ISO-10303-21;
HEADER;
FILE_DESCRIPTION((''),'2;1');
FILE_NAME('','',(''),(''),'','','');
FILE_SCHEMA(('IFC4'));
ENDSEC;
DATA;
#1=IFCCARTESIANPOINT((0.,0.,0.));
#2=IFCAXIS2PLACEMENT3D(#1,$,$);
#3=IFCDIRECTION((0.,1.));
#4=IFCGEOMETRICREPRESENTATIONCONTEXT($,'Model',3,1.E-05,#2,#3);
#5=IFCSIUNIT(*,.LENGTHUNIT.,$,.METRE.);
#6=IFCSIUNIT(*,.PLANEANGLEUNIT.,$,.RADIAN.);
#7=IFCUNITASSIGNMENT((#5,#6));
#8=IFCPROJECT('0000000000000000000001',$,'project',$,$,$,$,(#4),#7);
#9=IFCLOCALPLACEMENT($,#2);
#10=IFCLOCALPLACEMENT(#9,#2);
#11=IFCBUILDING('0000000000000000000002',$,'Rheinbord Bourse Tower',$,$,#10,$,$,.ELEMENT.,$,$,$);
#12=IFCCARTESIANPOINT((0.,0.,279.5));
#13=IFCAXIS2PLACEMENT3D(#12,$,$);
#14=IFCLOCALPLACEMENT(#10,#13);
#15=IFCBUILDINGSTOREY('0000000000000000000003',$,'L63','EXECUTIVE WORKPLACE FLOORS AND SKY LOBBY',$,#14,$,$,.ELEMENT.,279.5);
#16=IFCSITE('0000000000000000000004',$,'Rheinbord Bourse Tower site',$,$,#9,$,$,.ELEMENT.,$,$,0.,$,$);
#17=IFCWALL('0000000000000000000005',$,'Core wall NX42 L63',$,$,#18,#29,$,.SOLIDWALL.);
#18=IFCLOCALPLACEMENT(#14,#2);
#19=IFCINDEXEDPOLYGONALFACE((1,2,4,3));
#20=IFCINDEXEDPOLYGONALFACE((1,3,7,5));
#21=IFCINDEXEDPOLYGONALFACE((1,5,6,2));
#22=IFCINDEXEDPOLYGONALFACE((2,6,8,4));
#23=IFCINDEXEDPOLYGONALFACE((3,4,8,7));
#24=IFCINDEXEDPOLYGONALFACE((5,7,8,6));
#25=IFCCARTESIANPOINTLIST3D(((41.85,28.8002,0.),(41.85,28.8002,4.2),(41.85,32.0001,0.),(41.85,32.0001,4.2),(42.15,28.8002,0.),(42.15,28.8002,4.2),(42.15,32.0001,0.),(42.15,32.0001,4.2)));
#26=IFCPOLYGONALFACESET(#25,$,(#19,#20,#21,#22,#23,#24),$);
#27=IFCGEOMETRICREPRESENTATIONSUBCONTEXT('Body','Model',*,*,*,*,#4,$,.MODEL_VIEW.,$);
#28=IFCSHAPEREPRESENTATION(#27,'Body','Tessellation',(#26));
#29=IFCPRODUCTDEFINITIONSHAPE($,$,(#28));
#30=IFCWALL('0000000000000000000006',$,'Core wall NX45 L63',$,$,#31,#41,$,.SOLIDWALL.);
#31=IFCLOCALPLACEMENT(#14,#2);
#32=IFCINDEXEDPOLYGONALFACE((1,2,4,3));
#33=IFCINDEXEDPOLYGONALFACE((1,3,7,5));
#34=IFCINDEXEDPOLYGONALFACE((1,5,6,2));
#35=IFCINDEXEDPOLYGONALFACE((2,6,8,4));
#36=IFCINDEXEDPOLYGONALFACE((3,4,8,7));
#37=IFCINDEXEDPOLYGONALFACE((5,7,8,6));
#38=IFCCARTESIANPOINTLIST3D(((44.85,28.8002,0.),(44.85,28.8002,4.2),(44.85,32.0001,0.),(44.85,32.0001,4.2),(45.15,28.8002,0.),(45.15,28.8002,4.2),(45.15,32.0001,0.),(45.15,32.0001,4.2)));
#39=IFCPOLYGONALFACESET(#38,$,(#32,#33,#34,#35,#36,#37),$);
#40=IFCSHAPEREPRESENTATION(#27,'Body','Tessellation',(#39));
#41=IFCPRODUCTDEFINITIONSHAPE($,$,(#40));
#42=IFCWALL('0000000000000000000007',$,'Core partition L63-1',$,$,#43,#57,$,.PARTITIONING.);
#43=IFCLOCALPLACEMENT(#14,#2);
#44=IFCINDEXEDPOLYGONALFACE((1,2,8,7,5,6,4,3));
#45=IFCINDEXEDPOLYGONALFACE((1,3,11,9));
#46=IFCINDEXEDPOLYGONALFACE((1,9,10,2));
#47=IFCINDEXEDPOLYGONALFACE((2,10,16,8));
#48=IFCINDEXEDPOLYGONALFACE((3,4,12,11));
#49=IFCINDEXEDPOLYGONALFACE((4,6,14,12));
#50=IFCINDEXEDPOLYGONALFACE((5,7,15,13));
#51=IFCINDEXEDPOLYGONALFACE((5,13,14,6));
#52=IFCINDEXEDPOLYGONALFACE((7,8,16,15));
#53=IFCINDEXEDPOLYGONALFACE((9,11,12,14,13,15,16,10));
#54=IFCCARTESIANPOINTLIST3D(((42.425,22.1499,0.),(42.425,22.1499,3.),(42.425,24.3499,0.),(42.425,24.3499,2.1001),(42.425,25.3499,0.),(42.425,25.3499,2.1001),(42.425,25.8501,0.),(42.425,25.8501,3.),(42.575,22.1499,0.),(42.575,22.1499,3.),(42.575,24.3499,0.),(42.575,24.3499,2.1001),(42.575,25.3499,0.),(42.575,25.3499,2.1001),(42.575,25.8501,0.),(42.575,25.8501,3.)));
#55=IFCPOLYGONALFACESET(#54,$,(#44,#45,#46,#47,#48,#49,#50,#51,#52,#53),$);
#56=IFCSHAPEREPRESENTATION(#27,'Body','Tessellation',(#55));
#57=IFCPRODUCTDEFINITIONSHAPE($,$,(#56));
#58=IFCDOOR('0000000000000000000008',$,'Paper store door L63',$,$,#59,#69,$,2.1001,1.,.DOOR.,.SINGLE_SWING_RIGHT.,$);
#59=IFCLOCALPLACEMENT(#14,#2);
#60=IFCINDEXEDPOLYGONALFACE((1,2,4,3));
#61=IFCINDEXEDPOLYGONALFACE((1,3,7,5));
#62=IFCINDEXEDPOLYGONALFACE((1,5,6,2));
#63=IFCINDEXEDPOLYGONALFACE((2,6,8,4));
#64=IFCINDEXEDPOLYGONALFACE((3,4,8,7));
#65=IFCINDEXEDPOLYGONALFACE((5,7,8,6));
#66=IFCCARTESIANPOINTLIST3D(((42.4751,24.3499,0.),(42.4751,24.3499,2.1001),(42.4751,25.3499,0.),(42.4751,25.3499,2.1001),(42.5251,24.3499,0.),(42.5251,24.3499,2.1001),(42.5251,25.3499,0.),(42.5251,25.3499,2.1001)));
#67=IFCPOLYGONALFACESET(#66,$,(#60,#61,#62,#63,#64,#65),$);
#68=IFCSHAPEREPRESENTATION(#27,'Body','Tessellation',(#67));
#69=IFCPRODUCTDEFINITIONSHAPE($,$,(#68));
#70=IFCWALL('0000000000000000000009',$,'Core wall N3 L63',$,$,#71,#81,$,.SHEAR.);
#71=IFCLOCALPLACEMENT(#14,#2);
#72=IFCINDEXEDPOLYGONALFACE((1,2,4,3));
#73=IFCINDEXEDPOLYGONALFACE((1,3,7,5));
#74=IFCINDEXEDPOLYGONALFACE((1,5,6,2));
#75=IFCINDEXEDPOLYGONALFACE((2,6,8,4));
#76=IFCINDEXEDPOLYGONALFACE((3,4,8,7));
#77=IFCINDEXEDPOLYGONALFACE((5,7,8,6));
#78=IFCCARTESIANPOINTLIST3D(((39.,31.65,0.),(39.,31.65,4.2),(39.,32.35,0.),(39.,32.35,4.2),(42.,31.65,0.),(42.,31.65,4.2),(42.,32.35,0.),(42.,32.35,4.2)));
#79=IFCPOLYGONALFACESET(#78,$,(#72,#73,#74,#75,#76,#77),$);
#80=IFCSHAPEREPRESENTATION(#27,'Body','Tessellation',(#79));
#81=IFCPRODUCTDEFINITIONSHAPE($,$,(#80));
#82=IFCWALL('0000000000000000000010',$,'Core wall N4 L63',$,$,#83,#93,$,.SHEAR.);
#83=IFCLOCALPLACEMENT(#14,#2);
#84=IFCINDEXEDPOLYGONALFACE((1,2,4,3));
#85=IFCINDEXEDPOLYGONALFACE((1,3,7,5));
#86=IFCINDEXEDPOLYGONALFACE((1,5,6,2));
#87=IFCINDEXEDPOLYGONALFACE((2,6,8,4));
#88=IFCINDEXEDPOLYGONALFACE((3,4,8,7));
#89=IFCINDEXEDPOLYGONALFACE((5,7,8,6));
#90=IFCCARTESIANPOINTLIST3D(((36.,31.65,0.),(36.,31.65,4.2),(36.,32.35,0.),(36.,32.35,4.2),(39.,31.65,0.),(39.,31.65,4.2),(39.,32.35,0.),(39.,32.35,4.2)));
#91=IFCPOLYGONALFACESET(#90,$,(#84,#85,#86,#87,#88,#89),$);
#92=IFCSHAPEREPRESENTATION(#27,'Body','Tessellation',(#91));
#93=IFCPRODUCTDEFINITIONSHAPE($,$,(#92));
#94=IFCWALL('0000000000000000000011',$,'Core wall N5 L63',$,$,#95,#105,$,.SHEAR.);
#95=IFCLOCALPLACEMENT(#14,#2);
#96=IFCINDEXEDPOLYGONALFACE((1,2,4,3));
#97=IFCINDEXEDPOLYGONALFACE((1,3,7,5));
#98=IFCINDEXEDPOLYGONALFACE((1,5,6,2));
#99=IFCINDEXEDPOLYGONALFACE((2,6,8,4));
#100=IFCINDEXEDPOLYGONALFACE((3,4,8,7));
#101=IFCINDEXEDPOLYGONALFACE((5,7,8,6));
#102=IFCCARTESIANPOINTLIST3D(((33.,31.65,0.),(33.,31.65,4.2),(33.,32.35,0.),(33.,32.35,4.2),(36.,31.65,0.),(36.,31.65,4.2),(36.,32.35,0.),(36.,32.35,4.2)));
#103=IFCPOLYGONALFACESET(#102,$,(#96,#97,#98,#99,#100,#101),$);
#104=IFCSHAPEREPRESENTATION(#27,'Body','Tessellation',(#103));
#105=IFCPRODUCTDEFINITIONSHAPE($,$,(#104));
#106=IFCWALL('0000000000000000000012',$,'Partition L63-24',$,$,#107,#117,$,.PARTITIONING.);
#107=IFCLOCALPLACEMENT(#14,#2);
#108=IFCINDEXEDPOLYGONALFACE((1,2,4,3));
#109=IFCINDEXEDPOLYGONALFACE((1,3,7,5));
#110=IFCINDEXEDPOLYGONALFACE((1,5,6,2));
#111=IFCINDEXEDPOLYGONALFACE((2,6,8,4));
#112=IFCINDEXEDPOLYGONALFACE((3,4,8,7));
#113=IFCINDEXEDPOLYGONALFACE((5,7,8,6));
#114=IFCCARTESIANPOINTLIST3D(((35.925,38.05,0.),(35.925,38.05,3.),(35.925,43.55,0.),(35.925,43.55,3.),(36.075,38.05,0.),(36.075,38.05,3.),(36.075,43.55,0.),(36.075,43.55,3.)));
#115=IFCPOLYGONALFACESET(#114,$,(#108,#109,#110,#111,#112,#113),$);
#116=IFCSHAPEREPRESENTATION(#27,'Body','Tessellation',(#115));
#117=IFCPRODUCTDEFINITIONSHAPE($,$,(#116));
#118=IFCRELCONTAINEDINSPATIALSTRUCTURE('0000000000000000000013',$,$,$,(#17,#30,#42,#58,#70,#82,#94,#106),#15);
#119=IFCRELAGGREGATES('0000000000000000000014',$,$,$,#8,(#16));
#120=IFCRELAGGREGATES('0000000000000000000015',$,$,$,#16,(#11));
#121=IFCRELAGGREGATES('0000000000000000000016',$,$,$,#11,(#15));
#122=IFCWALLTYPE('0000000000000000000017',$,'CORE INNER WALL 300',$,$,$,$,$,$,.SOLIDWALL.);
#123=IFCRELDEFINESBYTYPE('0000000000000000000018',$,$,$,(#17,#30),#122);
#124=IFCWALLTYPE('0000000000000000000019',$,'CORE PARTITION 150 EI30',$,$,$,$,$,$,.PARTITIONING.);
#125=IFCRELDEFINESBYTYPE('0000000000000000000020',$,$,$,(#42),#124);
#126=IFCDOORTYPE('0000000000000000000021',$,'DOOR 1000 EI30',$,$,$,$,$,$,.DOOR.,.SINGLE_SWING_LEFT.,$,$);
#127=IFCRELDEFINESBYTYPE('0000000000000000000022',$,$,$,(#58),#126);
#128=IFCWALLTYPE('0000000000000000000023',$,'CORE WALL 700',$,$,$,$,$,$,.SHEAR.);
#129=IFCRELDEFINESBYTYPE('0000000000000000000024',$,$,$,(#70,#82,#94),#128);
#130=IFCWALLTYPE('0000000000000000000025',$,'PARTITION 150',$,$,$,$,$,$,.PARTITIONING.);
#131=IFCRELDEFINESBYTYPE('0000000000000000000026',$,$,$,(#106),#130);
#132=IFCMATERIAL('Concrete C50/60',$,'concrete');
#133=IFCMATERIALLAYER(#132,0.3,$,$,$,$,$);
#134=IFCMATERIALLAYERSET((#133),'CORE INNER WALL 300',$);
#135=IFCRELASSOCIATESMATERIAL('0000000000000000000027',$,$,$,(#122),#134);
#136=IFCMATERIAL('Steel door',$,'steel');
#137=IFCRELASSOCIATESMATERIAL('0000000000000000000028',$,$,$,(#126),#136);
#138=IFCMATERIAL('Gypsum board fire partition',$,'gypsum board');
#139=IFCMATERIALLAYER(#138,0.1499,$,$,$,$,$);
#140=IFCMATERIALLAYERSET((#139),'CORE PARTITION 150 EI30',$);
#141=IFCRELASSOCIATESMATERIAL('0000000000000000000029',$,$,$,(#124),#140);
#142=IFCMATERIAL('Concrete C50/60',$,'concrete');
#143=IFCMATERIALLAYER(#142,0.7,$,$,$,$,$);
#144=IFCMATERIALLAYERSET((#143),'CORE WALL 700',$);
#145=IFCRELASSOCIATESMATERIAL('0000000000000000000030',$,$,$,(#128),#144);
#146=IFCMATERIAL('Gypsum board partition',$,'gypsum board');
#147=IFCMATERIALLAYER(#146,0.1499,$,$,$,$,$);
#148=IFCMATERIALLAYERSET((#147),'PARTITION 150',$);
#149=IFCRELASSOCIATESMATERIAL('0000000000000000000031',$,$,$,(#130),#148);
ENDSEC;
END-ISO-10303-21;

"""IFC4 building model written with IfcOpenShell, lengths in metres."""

from ifc_helpers import new_model, si_unit, direction, frame, frame_2d, origin, place, context, subcontext, project, spatial, rectangle, extrude, material, layer, layer_set, type_object, element, fill, save


model = new_model("IFC4")

# Units and contexts
model_context = context("Model", 3, precision=1e-05, world=origin(), true_north=direction((0.0, 1.0)))
body_context = subcontext(model_context, "Body", "Model", "MODEL_VIEW")
ifc_project = project(units=[si_unit("LENGTHUNIT", "METRE"), si_unit("PLANEANGLEUNIT", "RADIAN")], contexts=[model_context])

# Site, building, storey
site_placement = place(None, origin())
site = spatial("IfcSite", under=ifc_project, at=site_placement, Name="Rheinbord Bourse Tower site", CompositionType="ELEMENT", RefElevation=0.0)
building_placement = place(site_placement, origin())
building = spatial("IfcBuilding", under=site, at=building_placement, Name="Rheinbord Bourse Tower", CompositionType="ELEMENT")
storey_placement = place(building_placement, frame((0.0, 0.0, 279.5)))
storey = spatial("IfcBuildingStorey", under=building, at=storey_placement, Name="L63", Description="EXECUTIVE WORKPLACE FLOORS AND SKY LOBBY", CompositionType="ELEMENT", Elevation=279.5)

# Shared definitions
ifc_material_1 = material(Name="Concrete C50/60", Category="concrete")
ifc_layer_1 = layer(ifc_material_1, 0.3)
ifc_layer_set_1 = layer_set([ifc_layer_1], Name="CORE INNER WALL 300")
wall_type_1 = type_object("IfcWallType", Name="CORE INNER WALL 300", PredefinedType="SOLIDWALL", material=ifc_layer_set_1)
ifc_material_2 = material(Name="Steel door", Category="steel")
door_type_1 = type_object("IfcDoorType", Name="DOOR 1000 EI30", OperationType="SINGLE_SWING_LEFT", PredefinedType="DOOR", material=ifc_material_2)

# Walls
for number, where, z_axis, x_axis, name in (
    (1, (42.0, 28.8, 0.0), (0.0, 0.0, 1.0), (0.0, 1.0, 0.0), "Core wall NX42 L63"),
    (2, (45.0, 28.8, 0.0), (0.0, 0.0, 1.0), (0.0, 1.0, 0.0), "Core wall NX45 L63"),
):
    element("IfcWall", number, at=place(storey_placement, frame(where, z_axis=z_axis, x_axis=x_axis)), inside=storey, type_object=wall_type_1, Name=name, PredefinedType="SOLIDWALL", context=body_context, shape_type="SweptSolid", body=[
        extrude(rectangle(XDim=3.2, YDim=0.3, at=frame_2d((1.6001, 0.0))), origin(), (0.0, 0.0, 1.0), 4.2),
    ])

# Wall, opening, door
ifc_material_3 = material(Name="Gypsum board fire partition", Category="gypsum board")
ifc_layer_2 = layer(ifc_material_3, 0.1499)
ifc_layer_set_2 = layer_set([ifc_layer_2], Name="CORE PARTITION 150 EI30")
wall_type_2 = type_object("IfcWallType", Name="CORE PARTITION 150 EI30", PredefinedType="PARTITIONING", material=ifc_layer_set_2)
wall_1_placement = place(storey_placement, frame((42.5, 22.1499, 0.0), z_axis=(0.0, 0.0, 1.0), x_axis=(0.0, 1.0, 0.0)))
wall_1 = element("IfcWall", 3, at=wall_1_placement, inside=storey, type_object=wall_type_2, Name="Core partition L63-1", PredefinedType="PARTITIONING", context=body_context, shape_type="SweptSolid", body=[
    extrude(rectangle(XDim=3.7002, YDim=0.1499, at=frame_2d((1.8501, 0.0))), origin(), (0.0, 0.0, 1.0), 3.0),
])
opening_1_placement = place(wall_1_placement, frame((2.2, 0.0, 0.0)))
opening_1 = element("IfcOpeningElement", 4, at=opening_1_placement, cuts=wall_1, PredefinedType="OPENING", context=body_context, shape_type="SweptSolid", body=[
    extrude(rectangle(XDim=1.0, YDim=2.1001, at=frame_2d((0.5, 1.05))), frame((0.0, 0.085, 0.0), z_axis=(0.0, -1.0, 0.0), x_axis=(1.0, 0.0, 0.0)), (0.0, 0.0, 1.0), 0.1699),
])
door_1_placement = place(opening_1_placement, origin())
door_1 = element("IfcDoor", 5, at=door_1_placement, inside=storey, type_object=door_type_1, Name="Paper store door L63", OperationType="SINGLE_SWING_RIGHT", OverallHeight=2.1001, OverallWidth=1.0, PredefinedType="DOOR", context=body_context, shape_type="SweptSolid", body=[
    extrude(rectangle(XDim=1.0, YDim=2.1001, at=frame_2d((0.5, 1.05))), frame((0.0, 0.0249, 0.0), z_axis=(0.0, -1.0, 0.0), x_axis=(1.0, 0.0, 0.0)), (0.0, 0.0, 1.0), 0.05),
])
fill(opening_1, door_1)

# Walls
ifc_material_4 = material(Name="Concrete C50/60", Category="concrete")
ifc_layer_3 = layer(ifc_material_4, 0.7)
ifc_layer_set_3 = layer_set([ifc_layer_3], Name="CORE WALL 700")
wall_type_3 = type_object("IfcWallType", Name="CORE WALL 700", PredefinedType="SHEAR", material=ifc_layer_set_3)
for number, where, z_axis, x_axis, name in (
    (6, (42.0, 32.0, 0.0), (0.0, 0.0, 1.0), (-1.0, 0.0, 0.0), "Core wall N3 L63"),
    (7, (39.0, 32.0, 0.0), (0.0, 0.0, 1.0), (-1.0, 0.0, 0.0), "Core wall N4 L63"),
    (8, (36.0, 32.0, 0.0), (0.0, 0.0, 1.0), (-1.0, 0.0, 0.0), "Core wall N5 L63"),
):
    element("IfcWall", number, at=place(storey_placement, frame(where, z_axis=z_axis, x_axis=x_axis)), inside=storey, type_object=wall_type_3, Name=name, PredefinedType="SHEAR", context=body_context, shape_type="SweptSolid", body=[
        extrude(rectangle(XDim=3.0, YDim=0.7, at=frame_2d((1.5, 0.0))), origin(), (0.0, 0.0, 1.0), 4.2),
    ])
ifc_material_5 = material(Name="Gypsum board partition", Category="gypsum board")
ifc_layer_4 = layer(ifc_material_5, 0.1499)
ifc_layer_set_4 = layer_set([ifc_layer_4], Name="PARTITION 150")
wall_type_4 = type_object("IfcWallType", Name="PARTITION 150", PredefinedType="PARTITIONING", material=ifc_layer_set_4)
wall_2_placement = place(storey_placement, frame((36.0, 38.05, 0.0), z_axis=(0.0, 0.0, 1.0), x_axis=(0.0, 1.0, 0.0)))
element("IfcWall", 9, at=wall_2_placement, inside=storey, type_object=wall_type_4, Name="Partition L63-24", PredefinedType="PARTITIONING", context=body_context, shape_type="SweptSolid", body=[
    extrude(rectangle(XDim=5.5, YDim=0.1499, at=frame_2d((2.75, 0.0))), origin(), (0.0, 0.0, 1.0), 3.0),
])

save(model, "model.ifc")
